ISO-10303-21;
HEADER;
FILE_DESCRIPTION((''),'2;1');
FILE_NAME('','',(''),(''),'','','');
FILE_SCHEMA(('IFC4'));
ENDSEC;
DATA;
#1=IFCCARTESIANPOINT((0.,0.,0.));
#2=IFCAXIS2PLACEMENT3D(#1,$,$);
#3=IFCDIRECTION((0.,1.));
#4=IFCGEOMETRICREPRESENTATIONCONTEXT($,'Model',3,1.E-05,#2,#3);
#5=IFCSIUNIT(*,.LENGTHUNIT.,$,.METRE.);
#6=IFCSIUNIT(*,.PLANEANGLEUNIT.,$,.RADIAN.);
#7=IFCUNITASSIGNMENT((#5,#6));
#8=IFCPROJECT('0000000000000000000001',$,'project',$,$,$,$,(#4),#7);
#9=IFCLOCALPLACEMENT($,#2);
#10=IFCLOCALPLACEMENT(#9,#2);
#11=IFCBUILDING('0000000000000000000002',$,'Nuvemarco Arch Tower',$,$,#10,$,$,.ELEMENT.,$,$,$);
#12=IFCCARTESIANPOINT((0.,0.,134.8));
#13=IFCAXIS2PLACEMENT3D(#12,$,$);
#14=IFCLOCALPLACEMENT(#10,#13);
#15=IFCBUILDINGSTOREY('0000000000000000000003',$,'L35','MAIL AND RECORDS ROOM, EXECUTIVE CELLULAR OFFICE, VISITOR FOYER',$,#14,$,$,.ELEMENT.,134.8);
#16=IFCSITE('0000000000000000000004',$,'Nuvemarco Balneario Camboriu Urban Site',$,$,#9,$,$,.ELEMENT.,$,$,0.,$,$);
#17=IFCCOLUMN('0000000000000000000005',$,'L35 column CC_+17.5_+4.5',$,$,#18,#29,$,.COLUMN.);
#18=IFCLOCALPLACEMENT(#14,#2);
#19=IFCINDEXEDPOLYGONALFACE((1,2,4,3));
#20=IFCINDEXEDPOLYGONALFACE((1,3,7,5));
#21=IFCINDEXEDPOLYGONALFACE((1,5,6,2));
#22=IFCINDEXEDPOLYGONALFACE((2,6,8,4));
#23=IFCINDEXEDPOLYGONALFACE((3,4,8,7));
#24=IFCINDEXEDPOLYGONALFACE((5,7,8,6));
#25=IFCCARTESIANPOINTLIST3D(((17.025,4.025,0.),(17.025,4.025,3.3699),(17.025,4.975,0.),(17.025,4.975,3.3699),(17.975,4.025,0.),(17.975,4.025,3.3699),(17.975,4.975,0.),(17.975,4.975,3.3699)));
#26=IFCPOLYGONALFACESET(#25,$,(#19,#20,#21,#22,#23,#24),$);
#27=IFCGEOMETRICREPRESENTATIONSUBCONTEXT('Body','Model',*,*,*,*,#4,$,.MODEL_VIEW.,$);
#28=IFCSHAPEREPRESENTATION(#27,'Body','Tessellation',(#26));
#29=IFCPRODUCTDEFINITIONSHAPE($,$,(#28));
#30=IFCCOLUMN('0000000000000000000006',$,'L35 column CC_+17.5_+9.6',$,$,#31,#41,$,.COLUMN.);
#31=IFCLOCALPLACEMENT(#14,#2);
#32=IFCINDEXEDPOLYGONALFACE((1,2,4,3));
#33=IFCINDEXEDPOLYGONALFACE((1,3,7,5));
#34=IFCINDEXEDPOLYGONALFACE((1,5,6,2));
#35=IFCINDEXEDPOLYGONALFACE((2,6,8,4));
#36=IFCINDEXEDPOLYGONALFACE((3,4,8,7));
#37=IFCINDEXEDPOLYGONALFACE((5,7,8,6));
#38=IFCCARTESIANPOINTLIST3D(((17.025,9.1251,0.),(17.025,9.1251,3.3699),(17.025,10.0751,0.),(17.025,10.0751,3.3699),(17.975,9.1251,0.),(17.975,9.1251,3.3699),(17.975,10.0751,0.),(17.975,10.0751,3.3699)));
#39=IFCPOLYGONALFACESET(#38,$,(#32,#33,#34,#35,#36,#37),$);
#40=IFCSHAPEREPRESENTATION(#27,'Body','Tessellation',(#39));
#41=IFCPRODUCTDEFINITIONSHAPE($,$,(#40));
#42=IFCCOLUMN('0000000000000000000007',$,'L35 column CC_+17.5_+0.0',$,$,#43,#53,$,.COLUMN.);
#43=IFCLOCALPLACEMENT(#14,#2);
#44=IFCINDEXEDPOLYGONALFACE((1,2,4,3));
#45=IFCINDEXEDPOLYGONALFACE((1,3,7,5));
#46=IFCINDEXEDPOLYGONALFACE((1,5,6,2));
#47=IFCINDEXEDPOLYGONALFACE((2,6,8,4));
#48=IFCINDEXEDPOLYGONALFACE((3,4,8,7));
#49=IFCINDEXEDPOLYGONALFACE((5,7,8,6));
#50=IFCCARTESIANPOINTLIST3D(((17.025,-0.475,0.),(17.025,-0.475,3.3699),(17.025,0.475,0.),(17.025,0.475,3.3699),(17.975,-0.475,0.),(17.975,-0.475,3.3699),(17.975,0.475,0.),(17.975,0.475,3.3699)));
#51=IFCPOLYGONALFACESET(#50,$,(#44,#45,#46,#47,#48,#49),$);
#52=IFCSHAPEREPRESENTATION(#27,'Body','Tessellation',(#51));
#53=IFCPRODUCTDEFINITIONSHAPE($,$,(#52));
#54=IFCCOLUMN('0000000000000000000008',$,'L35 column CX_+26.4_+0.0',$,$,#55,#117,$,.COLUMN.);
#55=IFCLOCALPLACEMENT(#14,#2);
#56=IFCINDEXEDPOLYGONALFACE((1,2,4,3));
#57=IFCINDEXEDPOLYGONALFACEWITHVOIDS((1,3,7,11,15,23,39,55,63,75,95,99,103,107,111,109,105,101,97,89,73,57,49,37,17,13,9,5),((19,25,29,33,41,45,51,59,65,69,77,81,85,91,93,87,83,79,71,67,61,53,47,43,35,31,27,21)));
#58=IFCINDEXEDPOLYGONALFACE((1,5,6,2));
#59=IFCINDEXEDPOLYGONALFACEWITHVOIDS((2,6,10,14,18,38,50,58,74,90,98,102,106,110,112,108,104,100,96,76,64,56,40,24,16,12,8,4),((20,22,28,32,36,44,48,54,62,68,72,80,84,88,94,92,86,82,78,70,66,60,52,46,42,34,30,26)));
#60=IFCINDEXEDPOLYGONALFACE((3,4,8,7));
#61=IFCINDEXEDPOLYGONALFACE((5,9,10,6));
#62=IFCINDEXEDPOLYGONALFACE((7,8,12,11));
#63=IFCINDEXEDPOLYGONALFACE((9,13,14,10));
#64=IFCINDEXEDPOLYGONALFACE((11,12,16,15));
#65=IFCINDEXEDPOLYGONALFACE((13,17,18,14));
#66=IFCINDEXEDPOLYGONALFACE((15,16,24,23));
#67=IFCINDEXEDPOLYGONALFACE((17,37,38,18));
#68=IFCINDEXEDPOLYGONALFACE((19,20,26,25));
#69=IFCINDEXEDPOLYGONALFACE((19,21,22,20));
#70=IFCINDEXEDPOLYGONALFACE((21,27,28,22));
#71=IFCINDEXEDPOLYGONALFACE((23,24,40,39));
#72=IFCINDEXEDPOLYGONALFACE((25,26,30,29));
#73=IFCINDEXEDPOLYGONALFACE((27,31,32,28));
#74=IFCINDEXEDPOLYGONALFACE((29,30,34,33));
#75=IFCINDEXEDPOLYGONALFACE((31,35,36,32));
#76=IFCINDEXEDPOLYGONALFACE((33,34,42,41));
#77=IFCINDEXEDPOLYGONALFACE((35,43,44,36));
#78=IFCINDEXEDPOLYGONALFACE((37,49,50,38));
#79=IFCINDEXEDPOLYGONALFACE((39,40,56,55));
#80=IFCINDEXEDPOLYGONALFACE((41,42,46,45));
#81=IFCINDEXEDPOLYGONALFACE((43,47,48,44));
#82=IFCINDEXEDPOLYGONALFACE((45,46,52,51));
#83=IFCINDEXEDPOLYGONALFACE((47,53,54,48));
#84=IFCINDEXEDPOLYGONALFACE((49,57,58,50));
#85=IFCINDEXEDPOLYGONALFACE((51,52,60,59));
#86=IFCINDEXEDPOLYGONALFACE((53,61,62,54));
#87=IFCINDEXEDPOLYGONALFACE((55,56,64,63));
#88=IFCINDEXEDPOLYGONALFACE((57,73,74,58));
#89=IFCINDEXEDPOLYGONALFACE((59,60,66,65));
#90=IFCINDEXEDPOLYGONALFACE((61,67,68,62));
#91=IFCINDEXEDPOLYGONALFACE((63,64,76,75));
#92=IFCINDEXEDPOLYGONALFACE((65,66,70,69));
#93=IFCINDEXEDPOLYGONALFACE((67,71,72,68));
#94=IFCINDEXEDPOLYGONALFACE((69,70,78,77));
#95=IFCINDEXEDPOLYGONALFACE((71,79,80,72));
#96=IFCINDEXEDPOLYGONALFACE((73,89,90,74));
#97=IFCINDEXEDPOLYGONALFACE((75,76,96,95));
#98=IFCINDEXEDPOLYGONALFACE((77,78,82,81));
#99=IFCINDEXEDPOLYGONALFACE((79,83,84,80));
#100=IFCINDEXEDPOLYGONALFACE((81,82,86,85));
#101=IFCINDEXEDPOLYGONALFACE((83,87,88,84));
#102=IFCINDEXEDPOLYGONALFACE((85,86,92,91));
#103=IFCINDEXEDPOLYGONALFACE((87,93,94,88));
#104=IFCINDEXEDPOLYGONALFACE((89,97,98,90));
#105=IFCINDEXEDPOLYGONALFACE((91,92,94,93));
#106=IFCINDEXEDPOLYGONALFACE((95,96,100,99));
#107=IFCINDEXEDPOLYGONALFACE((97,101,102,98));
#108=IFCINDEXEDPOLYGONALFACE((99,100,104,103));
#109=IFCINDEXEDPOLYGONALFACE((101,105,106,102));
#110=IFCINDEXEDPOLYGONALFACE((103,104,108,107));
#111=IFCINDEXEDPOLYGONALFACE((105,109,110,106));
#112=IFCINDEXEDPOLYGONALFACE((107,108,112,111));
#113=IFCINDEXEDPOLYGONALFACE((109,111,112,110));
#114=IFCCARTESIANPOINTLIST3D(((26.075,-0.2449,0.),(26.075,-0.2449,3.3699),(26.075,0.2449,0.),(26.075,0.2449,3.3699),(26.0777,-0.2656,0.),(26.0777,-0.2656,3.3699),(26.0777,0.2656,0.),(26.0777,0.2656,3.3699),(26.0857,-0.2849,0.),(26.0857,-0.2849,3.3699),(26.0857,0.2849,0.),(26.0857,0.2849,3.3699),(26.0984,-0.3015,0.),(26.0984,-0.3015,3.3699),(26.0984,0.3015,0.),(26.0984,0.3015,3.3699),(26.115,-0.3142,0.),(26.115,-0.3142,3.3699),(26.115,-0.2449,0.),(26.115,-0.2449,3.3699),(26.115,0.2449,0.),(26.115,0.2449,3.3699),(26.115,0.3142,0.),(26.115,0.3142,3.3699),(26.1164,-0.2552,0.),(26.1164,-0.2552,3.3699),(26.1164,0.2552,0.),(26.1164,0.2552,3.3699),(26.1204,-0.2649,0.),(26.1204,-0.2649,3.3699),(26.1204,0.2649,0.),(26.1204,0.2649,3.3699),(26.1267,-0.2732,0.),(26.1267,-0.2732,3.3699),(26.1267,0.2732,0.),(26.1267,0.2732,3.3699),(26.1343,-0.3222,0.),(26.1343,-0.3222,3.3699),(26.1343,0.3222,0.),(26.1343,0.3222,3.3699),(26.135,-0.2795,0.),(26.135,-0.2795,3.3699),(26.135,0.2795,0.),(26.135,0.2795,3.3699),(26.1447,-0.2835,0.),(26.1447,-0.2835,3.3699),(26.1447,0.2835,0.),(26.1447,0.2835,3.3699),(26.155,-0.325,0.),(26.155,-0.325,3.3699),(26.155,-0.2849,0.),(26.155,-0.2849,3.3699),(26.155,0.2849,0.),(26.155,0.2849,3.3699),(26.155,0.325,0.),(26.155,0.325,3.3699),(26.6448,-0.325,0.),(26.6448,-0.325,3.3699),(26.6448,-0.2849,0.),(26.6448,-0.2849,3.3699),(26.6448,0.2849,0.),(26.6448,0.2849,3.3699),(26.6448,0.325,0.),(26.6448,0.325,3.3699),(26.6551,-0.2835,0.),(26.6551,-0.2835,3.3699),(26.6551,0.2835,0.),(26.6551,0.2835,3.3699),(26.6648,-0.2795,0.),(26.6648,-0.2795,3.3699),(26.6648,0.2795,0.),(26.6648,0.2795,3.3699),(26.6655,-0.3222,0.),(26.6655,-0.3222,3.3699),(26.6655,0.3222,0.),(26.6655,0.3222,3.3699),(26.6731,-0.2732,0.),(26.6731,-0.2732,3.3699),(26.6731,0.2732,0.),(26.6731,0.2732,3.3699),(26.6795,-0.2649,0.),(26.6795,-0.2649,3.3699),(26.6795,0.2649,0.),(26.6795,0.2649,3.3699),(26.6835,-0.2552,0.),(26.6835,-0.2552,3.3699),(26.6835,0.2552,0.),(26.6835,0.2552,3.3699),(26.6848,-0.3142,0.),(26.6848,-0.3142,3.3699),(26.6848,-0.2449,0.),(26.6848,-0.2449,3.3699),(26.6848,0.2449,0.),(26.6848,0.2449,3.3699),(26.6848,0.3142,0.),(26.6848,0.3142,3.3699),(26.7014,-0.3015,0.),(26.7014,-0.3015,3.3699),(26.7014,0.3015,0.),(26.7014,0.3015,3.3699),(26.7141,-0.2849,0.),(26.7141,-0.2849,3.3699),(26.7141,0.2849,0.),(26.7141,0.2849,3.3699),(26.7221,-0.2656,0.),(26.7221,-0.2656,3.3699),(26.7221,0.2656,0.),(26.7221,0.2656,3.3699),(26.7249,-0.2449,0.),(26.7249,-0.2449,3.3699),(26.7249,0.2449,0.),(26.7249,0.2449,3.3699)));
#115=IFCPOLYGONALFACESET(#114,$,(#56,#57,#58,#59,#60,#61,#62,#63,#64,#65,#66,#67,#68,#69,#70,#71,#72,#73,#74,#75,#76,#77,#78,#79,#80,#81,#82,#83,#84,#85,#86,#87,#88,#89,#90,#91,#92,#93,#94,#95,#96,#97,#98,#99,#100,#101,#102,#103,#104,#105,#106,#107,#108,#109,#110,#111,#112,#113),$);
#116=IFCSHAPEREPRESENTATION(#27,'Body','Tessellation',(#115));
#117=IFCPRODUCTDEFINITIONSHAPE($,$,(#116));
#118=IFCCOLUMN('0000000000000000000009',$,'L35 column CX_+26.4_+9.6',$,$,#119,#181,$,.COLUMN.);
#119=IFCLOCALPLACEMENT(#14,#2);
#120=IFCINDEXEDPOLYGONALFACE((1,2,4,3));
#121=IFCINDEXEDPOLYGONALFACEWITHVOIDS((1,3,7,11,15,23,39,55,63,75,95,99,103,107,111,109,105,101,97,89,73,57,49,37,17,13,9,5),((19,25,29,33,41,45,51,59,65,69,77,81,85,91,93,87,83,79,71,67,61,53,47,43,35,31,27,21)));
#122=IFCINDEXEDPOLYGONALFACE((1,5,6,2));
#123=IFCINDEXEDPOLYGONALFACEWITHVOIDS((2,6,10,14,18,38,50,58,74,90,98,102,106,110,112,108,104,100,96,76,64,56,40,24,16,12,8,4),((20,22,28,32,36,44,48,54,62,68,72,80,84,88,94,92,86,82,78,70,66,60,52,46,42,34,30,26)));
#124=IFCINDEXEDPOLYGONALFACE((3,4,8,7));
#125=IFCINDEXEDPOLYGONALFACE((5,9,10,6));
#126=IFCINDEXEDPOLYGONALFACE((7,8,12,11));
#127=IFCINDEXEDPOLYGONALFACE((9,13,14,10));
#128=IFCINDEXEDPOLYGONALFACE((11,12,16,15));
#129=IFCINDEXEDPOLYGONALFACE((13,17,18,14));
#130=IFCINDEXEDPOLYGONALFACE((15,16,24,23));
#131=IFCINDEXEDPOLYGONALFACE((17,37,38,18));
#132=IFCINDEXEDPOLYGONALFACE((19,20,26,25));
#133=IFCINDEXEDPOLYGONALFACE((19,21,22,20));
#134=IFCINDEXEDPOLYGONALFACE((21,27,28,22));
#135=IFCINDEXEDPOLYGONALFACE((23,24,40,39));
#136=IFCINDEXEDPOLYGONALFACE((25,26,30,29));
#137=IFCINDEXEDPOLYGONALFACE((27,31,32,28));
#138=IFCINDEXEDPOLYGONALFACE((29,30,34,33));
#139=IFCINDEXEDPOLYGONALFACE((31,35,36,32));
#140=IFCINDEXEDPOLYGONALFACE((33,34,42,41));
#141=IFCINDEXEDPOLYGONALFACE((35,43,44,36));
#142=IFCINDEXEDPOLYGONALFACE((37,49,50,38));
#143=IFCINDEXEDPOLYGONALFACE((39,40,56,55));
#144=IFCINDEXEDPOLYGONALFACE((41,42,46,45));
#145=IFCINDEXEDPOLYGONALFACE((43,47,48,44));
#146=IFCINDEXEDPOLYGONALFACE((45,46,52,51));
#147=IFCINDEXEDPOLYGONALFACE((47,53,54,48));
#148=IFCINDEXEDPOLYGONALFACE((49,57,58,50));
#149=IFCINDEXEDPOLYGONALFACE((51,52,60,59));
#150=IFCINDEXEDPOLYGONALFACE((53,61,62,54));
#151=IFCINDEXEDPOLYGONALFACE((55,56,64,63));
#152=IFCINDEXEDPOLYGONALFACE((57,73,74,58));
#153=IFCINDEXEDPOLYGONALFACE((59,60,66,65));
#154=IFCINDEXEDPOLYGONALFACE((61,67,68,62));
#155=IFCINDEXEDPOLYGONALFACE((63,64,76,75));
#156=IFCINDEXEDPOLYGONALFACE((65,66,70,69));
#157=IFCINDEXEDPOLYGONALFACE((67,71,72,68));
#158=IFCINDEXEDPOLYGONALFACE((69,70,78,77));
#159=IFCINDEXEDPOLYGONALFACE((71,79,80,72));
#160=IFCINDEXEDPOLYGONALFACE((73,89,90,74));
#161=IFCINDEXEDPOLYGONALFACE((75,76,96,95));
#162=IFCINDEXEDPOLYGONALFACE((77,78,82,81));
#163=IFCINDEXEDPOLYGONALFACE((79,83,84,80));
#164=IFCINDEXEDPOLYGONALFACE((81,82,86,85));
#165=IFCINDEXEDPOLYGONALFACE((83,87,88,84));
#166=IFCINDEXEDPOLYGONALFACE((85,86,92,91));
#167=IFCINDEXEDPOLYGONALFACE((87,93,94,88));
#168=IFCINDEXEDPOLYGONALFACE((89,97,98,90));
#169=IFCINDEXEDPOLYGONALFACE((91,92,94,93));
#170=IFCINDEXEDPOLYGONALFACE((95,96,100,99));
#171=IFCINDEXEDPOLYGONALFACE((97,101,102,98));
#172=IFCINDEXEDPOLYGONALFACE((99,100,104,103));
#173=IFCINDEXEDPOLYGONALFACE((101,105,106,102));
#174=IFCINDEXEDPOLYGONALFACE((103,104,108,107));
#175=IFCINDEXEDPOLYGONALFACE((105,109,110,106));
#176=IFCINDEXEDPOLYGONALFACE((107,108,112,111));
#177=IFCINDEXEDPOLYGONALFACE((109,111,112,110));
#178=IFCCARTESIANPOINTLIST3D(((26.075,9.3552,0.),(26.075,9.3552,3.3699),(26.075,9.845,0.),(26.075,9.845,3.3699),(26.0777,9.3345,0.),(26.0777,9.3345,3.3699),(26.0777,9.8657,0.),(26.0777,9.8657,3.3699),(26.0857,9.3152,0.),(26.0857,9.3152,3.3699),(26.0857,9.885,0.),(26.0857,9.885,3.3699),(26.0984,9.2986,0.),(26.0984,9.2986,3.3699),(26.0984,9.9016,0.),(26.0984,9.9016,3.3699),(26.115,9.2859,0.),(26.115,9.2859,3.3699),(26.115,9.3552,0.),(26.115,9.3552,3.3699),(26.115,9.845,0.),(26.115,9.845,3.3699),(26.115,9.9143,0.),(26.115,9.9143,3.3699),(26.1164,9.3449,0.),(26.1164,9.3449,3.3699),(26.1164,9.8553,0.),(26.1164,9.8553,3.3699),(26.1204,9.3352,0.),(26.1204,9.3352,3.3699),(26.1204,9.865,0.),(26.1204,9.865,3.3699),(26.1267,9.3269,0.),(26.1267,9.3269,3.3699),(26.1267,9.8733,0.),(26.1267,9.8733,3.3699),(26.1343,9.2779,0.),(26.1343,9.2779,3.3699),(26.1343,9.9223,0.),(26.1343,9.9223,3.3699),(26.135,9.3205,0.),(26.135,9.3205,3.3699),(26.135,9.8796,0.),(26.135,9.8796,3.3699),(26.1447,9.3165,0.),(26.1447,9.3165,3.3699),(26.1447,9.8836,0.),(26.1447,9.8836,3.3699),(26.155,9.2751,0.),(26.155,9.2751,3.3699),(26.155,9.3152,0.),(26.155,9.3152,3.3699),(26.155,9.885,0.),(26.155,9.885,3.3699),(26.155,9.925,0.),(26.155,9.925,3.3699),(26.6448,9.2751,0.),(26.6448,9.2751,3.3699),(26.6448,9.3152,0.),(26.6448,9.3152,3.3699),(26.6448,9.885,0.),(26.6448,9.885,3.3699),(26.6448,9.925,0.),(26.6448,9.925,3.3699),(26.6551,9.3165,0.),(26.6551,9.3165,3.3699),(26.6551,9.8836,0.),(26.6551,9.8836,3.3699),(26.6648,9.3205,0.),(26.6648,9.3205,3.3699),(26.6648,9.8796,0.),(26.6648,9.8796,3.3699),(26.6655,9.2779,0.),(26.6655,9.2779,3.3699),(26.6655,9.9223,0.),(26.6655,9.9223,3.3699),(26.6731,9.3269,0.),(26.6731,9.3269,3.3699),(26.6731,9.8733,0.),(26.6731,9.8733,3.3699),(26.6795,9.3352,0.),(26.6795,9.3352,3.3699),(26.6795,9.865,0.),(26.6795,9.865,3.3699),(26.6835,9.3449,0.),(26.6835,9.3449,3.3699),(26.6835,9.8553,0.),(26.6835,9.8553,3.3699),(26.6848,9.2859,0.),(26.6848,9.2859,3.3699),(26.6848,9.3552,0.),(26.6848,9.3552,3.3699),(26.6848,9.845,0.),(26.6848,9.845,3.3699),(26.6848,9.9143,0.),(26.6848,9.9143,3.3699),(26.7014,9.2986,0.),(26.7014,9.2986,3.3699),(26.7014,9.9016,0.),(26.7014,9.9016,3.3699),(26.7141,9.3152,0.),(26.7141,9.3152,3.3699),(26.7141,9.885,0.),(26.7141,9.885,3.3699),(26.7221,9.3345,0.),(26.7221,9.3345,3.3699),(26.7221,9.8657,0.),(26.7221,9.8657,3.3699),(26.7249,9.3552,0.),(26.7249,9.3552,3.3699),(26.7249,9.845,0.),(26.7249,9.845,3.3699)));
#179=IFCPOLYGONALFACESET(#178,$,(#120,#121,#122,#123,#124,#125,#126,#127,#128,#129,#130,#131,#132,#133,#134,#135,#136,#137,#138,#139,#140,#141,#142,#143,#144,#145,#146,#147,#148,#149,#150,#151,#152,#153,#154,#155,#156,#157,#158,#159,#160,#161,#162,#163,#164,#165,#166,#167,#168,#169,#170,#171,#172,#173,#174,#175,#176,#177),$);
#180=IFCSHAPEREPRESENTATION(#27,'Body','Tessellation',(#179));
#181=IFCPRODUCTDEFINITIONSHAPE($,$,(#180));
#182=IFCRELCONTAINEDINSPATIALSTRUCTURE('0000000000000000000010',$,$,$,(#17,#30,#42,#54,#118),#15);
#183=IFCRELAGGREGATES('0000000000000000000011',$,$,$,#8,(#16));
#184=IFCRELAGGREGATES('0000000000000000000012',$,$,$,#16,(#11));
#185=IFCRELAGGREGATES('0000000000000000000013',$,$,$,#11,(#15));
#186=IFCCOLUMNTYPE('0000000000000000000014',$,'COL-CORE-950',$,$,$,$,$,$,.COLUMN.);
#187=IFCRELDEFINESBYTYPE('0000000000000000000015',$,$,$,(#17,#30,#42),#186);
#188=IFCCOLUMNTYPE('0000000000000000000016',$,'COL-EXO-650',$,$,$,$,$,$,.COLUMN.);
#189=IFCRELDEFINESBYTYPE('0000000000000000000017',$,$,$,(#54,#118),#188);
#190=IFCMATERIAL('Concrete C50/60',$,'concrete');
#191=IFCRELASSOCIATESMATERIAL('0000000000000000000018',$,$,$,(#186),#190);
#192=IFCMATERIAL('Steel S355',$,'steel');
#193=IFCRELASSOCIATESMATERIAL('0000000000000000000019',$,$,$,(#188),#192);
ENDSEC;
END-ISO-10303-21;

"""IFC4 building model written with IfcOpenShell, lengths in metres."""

from ifc_helpers import new_model, si_unit, direction, frame, origin, origin_2d, place, context, subcontext, project, spatial, rectangle, hollow_rectangle, extrude, material, material_profile, profile_set, type_object, element, save


model = new_model("IFC4")

# Units and contexts
model_context = context("Model", 3, precision=1e-05, world=origin(), true_north=direction((0.0, 1.0)))
body_context = subcontext(model_context, "Body", "Model", "MODEL_VIEW")
ifc_project = project(units=[si_unit("LENGTHUNIT", "METRE"), si_unit("PLANEANGLEUNIT", "RADIAN")], contexts=[model_context])

# Site, building, storey
site_placement = place(None, origin())
site = spatial("IfcSite", under=ifc_project, at=site_placement, Name="Nuvemarco Balneario Camboriu Urban Site", CompositionType="ELEMENT", RefElevation=0.0)
building_placement = place(site_placement, origin())
building = spatial("IfcBuilding", under=site, at=building_placement, Name="Nuvemarco Arch Tower", CompositionType="ELEMENT")
storey_placement = place(building_placement, frame((0.0, 0.0, 134.8)))
storey = spatial("IfcBuildingStorey", under=building, at=storey_placement, Name="L35", Description="MAIL AND RECORDS ROOM, EXECUTIVE CELLULAR OFFICE, VISITOR FOYER", CompositionType="ELEMENT", Elevation=134.8)

# Columns
ifc_material_1 = material(Name="Concrete C50/60", Category="concrete")
ifc_material_profile_1 = material_profile(ifc_material_1, rectangle(XDim=0.95, YDim=0.95, at=origin_2d()), Name="RC-COL-950x950")
ifc_profile_set_1 = profile_set([ifc_material_profile_1], Name="Concrete C50/60")
column_type_1 = type_object("IfcColumnType", Name="COL-CORE-950", PredefinedType="COLUMN", material=ifc_profile_set_1)
for number, where, z_axis, x_axis, name in (
    (1, (17.5, 4.5, 0.0), (0.0, 0.0, 1.0), (1.0, 0.0, 0.0), "L35 column CC_+17.5_+4.5"),
    (2, (17.5, 9.6001, 0.0), (0.0, 0.0, 1.0), (1.0, 0.0, 0.0), "L35 column CC_+17.5_+9.6"),
    (3, (17.5, 0.0, 0.0), (0.0, 0.0, 1.0), (1.0, 0.0, 0.0), "L35 column CC_+17.5_+0.0"),
):
    element("IfcColumn", number, at=place(storey_placement, frame(where, z_axis=z_axis, x_axis=x_axis)), inside=storey, type_object=column_type_1, Name=name, PredefinedType="COLUMN", context=body_context, shape_type="SweptSolid", body=[
        extrude(rectangle(XDim=0.95, YDim=0.95, at=origin_2d()), origin(), (0.0, 0.0, 1.0), 3.3699),
    ])
ifc_material_2 = material(Name="Steel S355", Category="steel")
ifc_material_profile_2 = material_profile(ifc_material_2, hollow_rectangle(XDim=0.6499, YDim=0.6499, WallThickness=0.04, InnerFilletRadius=0.04, OuterFilletRadius=0.0801, at=origin_2d()), Name="SHS650x650x40")
ifc_profile_set_2 = profile_set([ifc_material_profile_2], Name="Steel S355")
column_type_2 = type_object("IfcColumnType", Name="COL-EXO-650", PredefinedType="COLUMN", material=ifc_profile_set_2)
for number, where, z_axis, x_axis, name in (
    (4, (26.3999, 0.0, 0.0), (0.0, 0.0, 1.0), (1.0, 0.0, 0.0), "L35 column CX_+26.4_+0.0"),
    (5, (26.3999, 9.6001, 0.0), (0.0, 0.0, 1.0), (1.0, 0.0, 0.0), "L35 column CX_+26.4_+9.6"),
):
    element("IfcColumn", number, at=place(storey_placement, frame(where, z_axis=z_axis, x_axis=x_axis)), inside=storey, type_object=column_type_2, Name=name, PredefinedType="COLUMN", context=body_context, shape_type="SweptSolid", body=[
        extrude(hollow_rectangle(XDim=0.6499, YDim=0.6499, WallThickness=0.04, InnerFilletRadius=0.04, OuterFilletRadius=0.0801, at=origin_2d()), origin(), (0.0, 0.0, 1.0), 3.3699),
    ])

save(model, "model.ifc")
